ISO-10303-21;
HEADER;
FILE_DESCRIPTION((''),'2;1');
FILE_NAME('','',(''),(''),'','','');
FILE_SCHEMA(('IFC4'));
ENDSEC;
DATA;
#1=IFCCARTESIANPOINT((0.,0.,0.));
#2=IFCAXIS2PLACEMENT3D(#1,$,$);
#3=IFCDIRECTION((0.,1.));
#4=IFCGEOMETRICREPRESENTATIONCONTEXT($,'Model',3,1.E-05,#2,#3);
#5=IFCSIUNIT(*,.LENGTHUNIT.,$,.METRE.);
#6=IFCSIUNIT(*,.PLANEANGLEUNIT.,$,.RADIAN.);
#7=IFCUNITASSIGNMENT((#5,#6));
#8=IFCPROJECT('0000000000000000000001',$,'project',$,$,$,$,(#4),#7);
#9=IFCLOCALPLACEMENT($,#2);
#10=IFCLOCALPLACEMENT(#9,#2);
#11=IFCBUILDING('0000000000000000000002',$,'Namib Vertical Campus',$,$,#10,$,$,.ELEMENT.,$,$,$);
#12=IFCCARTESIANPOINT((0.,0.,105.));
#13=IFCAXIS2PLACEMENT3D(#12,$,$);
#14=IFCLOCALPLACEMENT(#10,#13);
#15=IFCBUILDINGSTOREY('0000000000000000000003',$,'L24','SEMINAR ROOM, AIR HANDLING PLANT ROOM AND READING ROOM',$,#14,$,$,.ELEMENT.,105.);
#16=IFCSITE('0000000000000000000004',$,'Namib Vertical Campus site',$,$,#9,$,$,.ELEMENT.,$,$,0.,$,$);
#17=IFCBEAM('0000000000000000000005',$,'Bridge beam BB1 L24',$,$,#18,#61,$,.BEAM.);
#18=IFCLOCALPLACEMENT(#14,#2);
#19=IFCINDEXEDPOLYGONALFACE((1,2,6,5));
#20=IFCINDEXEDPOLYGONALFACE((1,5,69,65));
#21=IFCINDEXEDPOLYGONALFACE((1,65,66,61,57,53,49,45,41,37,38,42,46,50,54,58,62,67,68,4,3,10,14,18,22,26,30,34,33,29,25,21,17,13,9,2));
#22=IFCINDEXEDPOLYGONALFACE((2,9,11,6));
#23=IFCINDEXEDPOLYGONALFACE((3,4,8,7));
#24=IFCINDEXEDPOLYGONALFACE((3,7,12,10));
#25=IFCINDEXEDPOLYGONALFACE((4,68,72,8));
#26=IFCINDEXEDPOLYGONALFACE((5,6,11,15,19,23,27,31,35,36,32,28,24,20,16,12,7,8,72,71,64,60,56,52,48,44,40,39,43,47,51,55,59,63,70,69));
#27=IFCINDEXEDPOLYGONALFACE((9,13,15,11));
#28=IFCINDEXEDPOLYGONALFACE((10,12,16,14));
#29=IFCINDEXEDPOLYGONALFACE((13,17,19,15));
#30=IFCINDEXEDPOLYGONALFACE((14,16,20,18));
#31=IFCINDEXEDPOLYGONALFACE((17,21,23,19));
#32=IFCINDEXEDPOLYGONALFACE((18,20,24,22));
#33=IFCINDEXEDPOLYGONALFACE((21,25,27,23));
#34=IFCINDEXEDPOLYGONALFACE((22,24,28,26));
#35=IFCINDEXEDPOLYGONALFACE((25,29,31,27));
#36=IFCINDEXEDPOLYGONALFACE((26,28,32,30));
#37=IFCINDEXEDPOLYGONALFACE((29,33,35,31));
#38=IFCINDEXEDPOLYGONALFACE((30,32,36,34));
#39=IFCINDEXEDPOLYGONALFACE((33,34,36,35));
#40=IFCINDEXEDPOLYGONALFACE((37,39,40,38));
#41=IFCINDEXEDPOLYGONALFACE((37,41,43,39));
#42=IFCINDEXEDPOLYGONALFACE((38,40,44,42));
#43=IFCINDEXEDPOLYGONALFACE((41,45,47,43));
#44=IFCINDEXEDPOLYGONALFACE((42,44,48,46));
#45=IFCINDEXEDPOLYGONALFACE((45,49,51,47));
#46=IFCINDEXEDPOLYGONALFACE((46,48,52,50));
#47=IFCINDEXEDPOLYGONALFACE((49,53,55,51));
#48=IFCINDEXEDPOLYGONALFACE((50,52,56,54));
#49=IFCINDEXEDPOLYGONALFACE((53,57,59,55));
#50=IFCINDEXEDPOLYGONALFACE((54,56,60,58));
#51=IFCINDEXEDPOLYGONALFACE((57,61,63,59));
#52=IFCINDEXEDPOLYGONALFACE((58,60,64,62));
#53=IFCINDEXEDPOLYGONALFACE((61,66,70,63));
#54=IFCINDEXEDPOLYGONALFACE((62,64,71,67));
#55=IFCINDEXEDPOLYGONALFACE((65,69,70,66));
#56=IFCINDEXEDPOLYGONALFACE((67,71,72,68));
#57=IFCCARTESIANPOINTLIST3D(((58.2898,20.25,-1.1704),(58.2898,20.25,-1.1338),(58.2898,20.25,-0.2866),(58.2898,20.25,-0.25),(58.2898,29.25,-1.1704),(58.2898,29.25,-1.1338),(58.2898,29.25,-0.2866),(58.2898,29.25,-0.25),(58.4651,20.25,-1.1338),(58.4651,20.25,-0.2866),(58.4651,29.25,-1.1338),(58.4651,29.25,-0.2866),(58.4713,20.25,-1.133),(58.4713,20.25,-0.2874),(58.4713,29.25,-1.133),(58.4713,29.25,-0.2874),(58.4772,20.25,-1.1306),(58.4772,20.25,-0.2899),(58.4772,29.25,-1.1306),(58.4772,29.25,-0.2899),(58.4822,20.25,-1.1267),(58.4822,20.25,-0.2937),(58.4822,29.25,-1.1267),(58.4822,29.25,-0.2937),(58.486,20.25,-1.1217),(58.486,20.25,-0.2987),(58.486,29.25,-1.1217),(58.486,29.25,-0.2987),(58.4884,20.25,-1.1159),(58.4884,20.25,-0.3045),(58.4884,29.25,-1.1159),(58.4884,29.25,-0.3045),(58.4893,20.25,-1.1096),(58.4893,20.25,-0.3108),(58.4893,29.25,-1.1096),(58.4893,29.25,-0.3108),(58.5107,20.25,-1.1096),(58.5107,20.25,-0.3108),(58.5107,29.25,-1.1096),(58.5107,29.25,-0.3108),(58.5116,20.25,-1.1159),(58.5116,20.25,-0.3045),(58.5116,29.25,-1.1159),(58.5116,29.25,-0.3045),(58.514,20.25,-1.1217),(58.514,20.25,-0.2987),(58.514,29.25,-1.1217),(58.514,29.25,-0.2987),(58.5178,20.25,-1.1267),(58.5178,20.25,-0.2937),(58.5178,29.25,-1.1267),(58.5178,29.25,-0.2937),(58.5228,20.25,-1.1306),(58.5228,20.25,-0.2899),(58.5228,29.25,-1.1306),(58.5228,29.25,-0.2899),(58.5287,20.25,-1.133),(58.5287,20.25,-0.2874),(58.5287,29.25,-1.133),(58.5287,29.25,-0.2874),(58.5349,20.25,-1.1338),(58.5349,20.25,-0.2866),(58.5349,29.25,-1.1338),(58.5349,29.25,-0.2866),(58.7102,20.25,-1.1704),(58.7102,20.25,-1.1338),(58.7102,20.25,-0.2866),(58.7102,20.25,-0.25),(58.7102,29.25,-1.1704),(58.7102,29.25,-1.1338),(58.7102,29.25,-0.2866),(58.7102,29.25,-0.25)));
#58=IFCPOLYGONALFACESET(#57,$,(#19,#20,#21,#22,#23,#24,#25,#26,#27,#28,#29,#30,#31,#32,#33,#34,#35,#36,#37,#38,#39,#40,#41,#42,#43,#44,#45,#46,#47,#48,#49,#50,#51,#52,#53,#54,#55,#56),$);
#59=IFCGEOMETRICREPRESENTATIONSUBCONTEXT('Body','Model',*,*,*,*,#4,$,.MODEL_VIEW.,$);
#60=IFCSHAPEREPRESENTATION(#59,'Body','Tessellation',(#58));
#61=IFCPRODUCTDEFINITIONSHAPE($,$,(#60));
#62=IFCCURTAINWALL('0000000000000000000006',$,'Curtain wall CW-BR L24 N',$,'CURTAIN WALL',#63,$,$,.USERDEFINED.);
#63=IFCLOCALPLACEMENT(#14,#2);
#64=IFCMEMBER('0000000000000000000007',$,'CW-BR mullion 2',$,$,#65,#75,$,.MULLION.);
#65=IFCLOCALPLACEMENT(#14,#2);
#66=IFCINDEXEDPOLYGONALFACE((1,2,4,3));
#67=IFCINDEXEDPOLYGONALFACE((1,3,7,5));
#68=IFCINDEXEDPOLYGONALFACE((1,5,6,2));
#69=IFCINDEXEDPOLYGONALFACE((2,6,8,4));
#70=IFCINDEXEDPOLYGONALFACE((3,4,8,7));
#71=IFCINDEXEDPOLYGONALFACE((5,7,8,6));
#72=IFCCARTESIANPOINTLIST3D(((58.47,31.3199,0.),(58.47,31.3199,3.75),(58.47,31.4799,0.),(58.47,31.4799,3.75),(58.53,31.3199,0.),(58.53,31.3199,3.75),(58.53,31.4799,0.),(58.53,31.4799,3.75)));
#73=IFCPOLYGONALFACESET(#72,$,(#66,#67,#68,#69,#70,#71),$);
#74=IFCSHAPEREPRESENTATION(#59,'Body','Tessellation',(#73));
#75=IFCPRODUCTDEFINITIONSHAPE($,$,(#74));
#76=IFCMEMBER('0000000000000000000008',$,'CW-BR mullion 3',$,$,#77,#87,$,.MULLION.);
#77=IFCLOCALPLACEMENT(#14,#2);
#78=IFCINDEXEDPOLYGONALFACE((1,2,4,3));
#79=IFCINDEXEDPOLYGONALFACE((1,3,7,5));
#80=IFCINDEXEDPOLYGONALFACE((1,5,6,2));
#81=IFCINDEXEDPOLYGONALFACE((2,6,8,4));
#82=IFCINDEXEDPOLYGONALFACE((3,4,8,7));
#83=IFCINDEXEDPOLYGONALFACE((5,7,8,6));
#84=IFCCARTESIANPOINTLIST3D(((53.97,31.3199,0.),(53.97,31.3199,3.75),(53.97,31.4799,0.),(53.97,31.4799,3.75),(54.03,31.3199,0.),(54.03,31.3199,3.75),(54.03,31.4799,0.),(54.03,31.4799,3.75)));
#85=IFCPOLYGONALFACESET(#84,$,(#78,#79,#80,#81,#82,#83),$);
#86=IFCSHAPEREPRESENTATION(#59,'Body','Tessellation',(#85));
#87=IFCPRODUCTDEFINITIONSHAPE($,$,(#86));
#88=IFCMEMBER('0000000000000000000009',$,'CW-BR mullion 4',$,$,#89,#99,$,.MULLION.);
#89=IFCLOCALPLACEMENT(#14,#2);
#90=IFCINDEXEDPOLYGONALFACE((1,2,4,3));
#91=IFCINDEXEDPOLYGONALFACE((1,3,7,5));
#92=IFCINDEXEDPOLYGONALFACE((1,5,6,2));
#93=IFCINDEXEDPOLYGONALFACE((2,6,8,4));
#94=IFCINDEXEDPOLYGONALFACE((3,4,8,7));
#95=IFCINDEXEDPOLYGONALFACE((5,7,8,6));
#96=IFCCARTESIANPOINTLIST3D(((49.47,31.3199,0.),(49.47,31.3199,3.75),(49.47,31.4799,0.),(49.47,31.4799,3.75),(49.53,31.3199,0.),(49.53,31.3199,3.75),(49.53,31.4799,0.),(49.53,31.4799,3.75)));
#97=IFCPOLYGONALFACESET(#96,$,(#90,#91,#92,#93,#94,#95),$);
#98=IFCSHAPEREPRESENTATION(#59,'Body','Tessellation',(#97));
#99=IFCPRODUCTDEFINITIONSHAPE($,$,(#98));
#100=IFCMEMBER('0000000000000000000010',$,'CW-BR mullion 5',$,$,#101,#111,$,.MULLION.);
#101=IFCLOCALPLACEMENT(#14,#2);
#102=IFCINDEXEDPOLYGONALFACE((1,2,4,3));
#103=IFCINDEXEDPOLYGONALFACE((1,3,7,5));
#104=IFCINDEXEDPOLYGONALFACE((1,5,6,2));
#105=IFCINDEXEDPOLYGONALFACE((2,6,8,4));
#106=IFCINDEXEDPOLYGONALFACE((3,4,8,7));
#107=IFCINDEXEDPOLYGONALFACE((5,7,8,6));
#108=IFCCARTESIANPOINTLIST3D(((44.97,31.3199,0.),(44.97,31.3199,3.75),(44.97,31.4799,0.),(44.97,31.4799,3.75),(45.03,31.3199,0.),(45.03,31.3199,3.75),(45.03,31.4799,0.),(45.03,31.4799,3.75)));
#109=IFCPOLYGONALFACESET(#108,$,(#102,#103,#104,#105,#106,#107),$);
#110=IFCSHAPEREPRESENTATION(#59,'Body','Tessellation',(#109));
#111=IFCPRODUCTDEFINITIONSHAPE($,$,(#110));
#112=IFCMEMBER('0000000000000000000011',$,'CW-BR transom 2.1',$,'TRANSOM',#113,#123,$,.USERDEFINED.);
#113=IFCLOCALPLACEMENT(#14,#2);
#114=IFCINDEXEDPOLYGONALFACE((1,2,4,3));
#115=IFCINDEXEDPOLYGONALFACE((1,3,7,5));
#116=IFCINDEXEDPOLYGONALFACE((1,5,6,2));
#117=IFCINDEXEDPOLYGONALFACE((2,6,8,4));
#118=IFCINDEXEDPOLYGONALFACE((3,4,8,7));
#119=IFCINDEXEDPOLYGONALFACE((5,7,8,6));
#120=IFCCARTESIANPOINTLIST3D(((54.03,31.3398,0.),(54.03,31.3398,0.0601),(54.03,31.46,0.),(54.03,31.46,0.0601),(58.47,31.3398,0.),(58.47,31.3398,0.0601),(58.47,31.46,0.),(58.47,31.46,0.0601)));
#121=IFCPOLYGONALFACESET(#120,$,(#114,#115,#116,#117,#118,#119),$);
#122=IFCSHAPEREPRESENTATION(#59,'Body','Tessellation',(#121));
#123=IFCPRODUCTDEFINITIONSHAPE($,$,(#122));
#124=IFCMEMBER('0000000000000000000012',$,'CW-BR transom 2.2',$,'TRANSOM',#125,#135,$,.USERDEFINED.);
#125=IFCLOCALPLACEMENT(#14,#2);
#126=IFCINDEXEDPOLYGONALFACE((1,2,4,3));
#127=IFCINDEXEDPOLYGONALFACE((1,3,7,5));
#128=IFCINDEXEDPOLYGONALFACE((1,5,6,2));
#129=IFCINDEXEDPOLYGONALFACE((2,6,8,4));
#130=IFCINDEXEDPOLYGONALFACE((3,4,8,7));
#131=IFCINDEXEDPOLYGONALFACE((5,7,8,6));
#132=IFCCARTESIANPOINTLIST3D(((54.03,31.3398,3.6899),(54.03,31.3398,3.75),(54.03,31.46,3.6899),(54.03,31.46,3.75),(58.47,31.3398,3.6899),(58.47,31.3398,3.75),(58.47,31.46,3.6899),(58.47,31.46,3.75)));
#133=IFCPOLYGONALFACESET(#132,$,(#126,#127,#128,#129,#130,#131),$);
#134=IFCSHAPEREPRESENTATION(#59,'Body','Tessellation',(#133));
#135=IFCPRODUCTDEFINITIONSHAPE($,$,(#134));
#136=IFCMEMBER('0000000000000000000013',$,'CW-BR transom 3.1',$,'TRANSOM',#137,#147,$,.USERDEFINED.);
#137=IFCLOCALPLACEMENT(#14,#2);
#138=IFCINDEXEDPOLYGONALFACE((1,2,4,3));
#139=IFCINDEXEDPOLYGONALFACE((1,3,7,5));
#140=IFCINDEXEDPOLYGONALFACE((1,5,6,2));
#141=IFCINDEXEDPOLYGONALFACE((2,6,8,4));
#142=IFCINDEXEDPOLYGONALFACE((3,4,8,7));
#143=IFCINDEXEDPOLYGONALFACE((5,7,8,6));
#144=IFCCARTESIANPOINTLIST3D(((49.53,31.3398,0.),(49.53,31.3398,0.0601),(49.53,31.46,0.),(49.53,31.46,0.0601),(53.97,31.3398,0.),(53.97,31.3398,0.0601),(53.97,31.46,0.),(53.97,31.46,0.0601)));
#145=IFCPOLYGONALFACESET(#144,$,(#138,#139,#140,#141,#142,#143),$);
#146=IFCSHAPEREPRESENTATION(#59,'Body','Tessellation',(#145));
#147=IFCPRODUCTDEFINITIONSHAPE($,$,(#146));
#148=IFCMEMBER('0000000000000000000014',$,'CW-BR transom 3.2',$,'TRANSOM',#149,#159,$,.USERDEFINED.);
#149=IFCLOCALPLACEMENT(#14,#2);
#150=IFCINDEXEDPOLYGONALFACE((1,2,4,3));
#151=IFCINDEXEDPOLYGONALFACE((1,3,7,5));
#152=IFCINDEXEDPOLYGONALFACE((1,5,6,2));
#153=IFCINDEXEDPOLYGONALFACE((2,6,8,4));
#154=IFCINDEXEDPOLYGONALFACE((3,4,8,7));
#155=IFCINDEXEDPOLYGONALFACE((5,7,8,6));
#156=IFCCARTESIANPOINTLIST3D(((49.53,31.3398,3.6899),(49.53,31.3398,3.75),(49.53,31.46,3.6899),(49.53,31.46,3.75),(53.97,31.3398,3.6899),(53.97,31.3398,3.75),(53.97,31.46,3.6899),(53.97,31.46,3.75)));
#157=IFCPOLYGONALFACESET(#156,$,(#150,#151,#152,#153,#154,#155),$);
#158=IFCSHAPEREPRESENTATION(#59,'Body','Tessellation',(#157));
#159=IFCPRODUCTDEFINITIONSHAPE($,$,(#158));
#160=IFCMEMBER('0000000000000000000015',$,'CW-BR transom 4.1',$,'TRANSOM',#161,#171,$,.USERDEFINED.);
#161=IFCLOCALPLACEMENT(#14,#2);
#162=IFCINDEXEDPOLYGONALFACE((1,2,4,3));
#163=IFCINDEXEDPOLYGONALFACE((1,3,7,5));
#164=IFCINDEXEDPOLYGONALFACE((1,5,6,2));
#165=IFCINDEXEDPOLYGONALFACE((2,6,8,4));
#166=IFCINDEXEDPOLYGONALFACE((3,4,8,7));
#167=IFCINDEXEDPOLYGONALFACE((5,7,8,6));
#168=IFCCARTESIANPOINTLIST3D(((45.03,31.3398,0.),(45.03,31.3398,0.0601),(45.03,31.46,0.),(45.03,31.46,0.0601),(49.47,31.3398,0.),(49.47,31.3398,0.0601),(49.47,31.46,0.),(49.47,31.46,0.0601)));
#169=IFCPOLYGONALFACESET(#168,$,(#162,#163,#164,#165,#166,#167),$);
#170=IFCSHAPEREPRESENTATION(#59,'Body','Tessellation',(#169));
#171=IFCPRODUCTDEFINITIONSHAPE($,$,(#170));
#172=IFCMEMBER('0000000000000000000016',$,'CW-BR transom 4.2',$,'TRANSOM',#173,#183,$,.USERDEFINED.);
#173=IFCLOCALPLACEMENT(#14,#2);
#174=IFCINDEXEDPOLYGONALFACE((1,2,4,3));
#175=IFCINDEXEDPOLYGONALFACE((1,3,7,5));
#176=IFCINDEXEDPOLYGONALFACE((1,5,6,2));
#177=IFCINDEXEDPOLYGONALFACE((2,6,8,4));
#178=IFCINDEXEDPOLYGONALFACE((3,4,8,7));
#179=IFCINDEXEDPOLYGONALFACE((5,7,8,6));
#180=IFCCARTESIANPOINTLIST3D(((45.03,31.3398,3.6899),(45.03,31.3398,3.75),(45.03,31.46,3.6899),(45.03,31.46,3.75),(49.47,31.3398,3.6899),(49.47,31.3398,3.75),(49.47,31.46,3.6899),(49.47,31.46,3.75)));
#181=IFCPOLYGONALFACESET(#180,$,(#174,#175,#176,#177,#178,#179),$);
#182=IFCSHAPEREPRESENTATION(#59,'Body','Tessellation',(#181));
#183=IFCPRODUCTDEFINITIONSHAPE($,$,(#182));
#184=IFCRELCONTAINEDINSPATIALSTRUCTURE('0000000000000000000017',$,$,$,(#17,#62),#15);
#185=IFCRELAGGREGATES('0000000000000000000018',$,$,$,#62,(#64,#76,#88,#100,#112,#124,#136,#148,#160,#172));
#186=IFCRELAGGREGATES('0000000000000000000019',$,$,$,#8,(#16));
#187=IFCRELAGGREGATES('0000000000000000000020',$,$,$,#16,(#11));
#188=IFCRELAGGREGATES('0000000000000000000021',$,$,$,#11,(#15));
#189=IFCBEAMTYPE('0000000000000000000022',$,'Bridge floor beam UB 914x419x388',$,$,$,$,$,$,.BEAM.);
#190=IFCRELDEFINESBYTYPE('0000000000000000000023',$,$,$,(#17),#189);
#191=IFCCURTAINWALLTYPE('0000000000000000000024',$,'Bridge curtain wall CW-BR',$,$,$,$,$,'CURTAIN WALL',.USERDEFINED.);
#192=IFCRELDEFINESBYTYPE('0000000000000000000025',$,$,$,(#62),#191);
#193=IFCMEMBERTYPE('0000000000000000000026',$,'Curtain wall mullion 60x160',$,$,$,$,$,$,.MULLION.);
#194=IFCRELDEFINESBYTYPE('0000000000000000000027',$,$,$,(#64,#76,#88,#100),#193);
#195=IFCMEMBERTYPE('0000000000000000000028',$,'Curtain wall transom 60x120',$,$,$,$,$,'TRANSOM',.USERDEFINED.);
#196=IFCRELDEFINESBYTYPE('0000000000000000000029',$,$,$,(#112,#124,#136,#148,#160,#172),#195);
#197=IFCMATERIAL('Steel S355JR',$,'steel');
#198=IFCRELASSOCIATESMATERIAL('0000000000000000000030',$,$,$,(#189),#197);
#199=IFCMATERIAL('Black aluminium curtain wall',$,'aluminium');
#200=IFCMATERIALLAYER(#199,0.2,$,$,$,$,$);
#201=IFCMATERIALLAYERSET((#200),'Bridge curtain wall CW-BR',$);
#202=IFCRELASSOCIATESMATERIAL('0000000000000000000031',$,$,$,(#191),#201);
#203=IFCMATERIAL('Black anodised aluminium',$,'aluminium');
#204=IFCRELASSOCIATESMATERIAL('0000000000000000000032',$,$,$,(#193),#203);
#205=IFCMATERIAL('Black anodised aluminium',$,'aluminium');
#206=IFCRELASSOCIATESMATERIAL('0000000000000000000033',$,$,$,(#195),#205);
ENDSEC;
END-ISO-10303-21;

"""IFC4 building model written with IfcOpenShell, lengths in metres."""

from ifc_helpers import new_model, si_unit, direction, frame, origin, origin_2d, place, context, subcontext, project, spatial, rectangle, i_section, extrude, material, layer, layer_set, material_profile, profile_set, type_object, element, aggregate, save


model = new_model("IFC4")

# Units and contexts
model_context = context("Model", 3, precision=1e-05, world=origin(), true_north=direction((0.0, 1.0)))
body_context = subcontext(model_context, "Body", "Model", "MODEL_VIEW")
ifc_project = project(units=[si_unit("LENGTHUNIT", "METRE"), si_unit("PLANEANGLEUNIT", "RADIAN")], contexts=[model_context])

# Site, building, storey
site_placement = place(None, origin())
site = spatial("IfcSite", under=ifc_project, at=site_placement, Name="Namib Vertical Campus site", CompositionType="ELEMENT", RefElevation=0.0)
building_placement = place(site_placement, origin())
building = spatial("IfcBuilding", under=site, at=building_placement, Name="Namib Vertical Campus", CompositionType="ELEMENT")
storey_placement = place(building_placement, frame((0.0, 0.0, 105.0)))
storey = spatial("IfcBuildingStorey", under=building, at=storey_placement, Name="L24", Description="SEMINAR ROOM, AIR HANDLING PLANT ROOM AND READING ROOM", CompositionType="ELEMENT", Elevation=105.0)

# Beam
ifc_material_1 = material(Name="Steel S355JR", Category="steel")
ifc_material_profile_1 = material_profile(ifc_material_1, i_section(OverallWidth=0.4204, OverallDepth=0.9204, WebThickness=0.0215, FlangeThickness=0.0366, FilletRadius=0.0242, at=origin_2d()))
ifc_profile_set_1 = profile_set([ifc_material_profile_1], Name="Steel S355JR")
beam_type = type_object("IfcBeamType", Name="Bridge floor beam UB 914x419x388", PredefinedType="BEAM", material=ifc_profile_set_1)
beam_placement = place(storey_placement, frame((58.5, 20.25, -0.7102), z_axis=(0.0, 1.0, 0.0), x_axis=(-1.0, 0.0, 0.0)))
element("IfcBeam", 1, at=beam_placement, inside=storey, type_object=beam_type, Name="Bridge beam BB1 L24", PredefinedType="BEAM", context=body_context, shape_type="SweptSolid", body=[
    extrude(i_section(OverallWidth=0.4204, OverallDepth=0.9204, WebThickness=0.0215, FlangeThickness=0.0366, FilletRadius=0.0242, at=origin_2d()), origin(), (0.0, 0.0, 1.0), 9.0),
])

# Curtain wall, members
ifc_material_2 = material(Name="Black aluminium curtain wall", Category="aluminium")
ifc_layer_1 = layer(ifc_material_2, 0.2)
ifc_layer_set_1 = layer_set([ifc_layer_1], Name="Bridge curtain wall CW-BR")
curtain_wall_type = type_object("IfcCurtainWallType", Name="Bridge curtain wall CW-BR", ElementType="CURTAIN WALL", PredefinedType="USERDEFINED", material=ifc_layer_set_1)
curtain_wall_placement = place(storey_placement, origin())
curtain_wall = element("IfcCurtainWall", 2, at=curtain_wall_placement, inside=storey, type_object=curtain_wall_type, Name="Curtain wall CW-BR L24 N", ObjectType="CURTAIN WALL", PredefinedType="USERDEFINED")
ifc_material_3 = material(Name="Black anodised aluminium", Category="aluminium")
ifc_material_profile_2 = material_profile(ifc_material_3, rectangle(XDim=0.0601, YDim=0.1599, at=origin_2d()))
ifc_profile_set_2 = profile_set([ifc_material_profile_2], Name="Black anodised aluminium")
member_type_1 = type_object("IfcMemberType", Name="Curtain wall mullion 60x160", PredefinedType="MULLION", material=ifc_profile_set_2)
member_1_placement = place(storey_placement, frame((58.5, 31.3999, 0.0), z_axis=(0.0, 0.0, 1.0), x_axis=(-1.0, 0.0, 0.0)))
member_1 = element("IfcMember", 3, at=member_1_placement, type_object=member_type_1, Name="CW-BR mullion 2", PredefinedType="MULLION", context=body_context, shape_type="SweptSolid", body=[
    extrude(rectangle(XDim=0.0601, YDim=0.1599, at=origin_2d()), origin(), (0.0, 0.0, 1.0), 3.75),
])
member_2_placement = place(storey_placement, frame((54.0, 31.3999, 0.0), z_axis=(0.0, 0.0, 1.0), x_axis=(-1.0, 0.0, 0.0)))
member_2 = element("IfcMember", 4, at=member_2_placement, type_object=member_type_1, Name="CW-BR mullion 3", PredefinedType="MULLION", context=body_context, shape_type="SweptSolid", body=[
    extrude(rectangle(XDim=0.0601, YDim=0.1599, at=origin_2d()), origin(), (0.0, 0.0, 1.0), 3.75),
])
member_3_placement = place(storey_placement, frame((49.5, 31.3999, 0.0), z_axis=(0.0, 0.0, 1.0), x_axis=(-1.0, 0.0, 0.0)))
member_3 = element("IfcMember", 5, at=member_3_placement, type_object=member_type_1, Name="CW-BR mullion 4", PredefinedType="MULLION", context=body_context, shape_type="SweptSolid", body=[
    extrude(rectangle(XDim=0.0601, YDim=0.1599, at=origin_2d()), origin(), (0.0, 0.0, 1.0), 3.75),
])
member_4_placement = place(storey_placement, frame((45.0, 31.3999, 0.0), z_axis=(0.0, 0.0, 1.0), x_axis=(-1.0, 0.0, 0.0)))
member_4 = element("IfcMember", 6, at=member_4_placement, type_object=member_type_1, Name="CW-BR mullion 5", PredefinedType="MULLION", context=body_context, shape_type="SweptSolid", body=[
    extrude(rectangle(XDim=0.0601, YDim=0.1599, at=origin_2d()), origin(), (0.0, 0.0, 1.0), 3.75),
])
ifc_material_4 = material(Name="Black anodised aluminium", Category="aluminium")
ifc_material_profile_3 = material_profile(ifc_material_4, rectangle(XDim=0.0601, YDim=0.1201, at=origin_2d()))
ifc_profile_set_3 = profile_set([ifc_material_profile_3], Name="Black anodised aluminium")
member_type_2 = type_object("IfcMemberType", Name="Curtain wall transom 60x120", ElementType="TRANSOM", PredefinedType="USERDEFINED", material=ifc_profile_set_3)
member_5_placement = place(storey_placement, frame((58.47, 31.3999, 0.03), z_axis=(-1.0, 0.0, 0.0), x_axis=(0.0, 0.0, 1.0)))
member_5 = element("IfcMember", 7, at=member_5_placement, type_object=member_type_2, Name="CW-BR transom 2.1", ObjectType="TRANSOM", PredefinedType="USERDEFINED", context=body_context, shape_type="SweptSolid", body=[
    extrude(rectangle(XDim=0.0601, YDim=0.1201, at=origin_2d()), origin(), (0.0, 0.0, 1.0), 4.4399),
])
member_6_placement = place(storey_placement, frame((58.47, 31.3999, 3.72), z_axis=(-1.0, 0.0, 0.0), x_axis=(0.0, 0.0, 1.0)))
member_6 = element("IfcMember", 8, at=member_6_placement, type_object=member_type_2, Name="CW-BR transom 2.2", ObjectType="TRANSOM", PredefinedType="USERDEFINED", context=body_context, shape_type="SweptSolid", body=[
    extrude(rectangle(XDim=0.0601, YDim=0.1201, at=origin_2d()), origin(), (0.0, 0.0, 1.0), 4.4399),
])
member_7_placement = place(storey_placement, frame((53.97, 31.3999, 0.03), z_axis=(-1.0, 0.0, 0.0), x_axis=(0.0, 0.0, 1.0)))
member_7 = element("IfcMember", 9, at=member_7_placement, type_object=member_type_2, Name="CW-BR transom 3.1", ObjectType="TRANSOM", PredefinedType="USERDEFINED", context=body_context, shape_type="SweptSolid", body=[
    extrude(rectangle(XDim=0.0601, YDim=0.1201, at=origin_2d()), origin(), (0.0, 0.0, 1.0), 4.4399),
])
member_8_placement = place(storey_placement, frame((53.97, 31.3999, 3.72), z_axis=(-1.0, 0.0, 0.0), x_axis=(0.0, 0.0, 1.0)))
member_8 = element("IfcMember", 10, at=member_8_placement, type_object=member_type_2, Name="CW-BR transom 3.2", ObjectType="TRANSOM", PredefinedType="USERDEFINED", context=body_context, shape_type="SweptSolid", body=[
    extrude(rectangle(XDim=0.0601, YDim=0.1201, at=origin_2d()), origin(), (0.0, 0.0, 1.0), 4.4399),
])
member_9_placement = place(storey_placement, frame((49.47, 31.3999, 0.03), z_axis=(-1.0, 0.0, 0.0), x_axis=(0.0, 0.0, 1.0)))
member_9 = element("IfcMember", 11, at=member_9_placement, type_object=member_type_2, Name="CW-BR transom 4.1", ObjectType="TRANSOM", PredefinedType="USERDEFINED", context=body_context, shape_type="SweptSolid", body=[
    extrude(rectangle(XDim=0.0601, YDim=0.1201, at=origin_2d()), origin(), (0.0, 0.0, 1.0), 4.4399),
])
member_10_placement = place(storey_placement, frame((49.47, 31.3999, 3.72), z_axis=(-1.0, 0.0, 0.0), x_axis=(0.0, 0.0, 1.0)))
member_10 = element("IfcMember", 12, at=member_10_placement, type_object=member_type_2, Name="CW-BR transom 4.2", ObjectType="TRANSOM", PredefinedType="USERDEFINED", context=body_context, shape_type="SweptSolid", body=[
    extrude(rectangle(XDim=0.0601, YDim=0.1201, at=origin_2d()), origin(), (0.0, 0.0, 1.0), 4.4399),
])

aggregate(curtain_wall, [member_1, member_2, member_3, member_4, member_5, member_6, member_7, member_8, member_9, member_10])

save(model, "model.ifc")
